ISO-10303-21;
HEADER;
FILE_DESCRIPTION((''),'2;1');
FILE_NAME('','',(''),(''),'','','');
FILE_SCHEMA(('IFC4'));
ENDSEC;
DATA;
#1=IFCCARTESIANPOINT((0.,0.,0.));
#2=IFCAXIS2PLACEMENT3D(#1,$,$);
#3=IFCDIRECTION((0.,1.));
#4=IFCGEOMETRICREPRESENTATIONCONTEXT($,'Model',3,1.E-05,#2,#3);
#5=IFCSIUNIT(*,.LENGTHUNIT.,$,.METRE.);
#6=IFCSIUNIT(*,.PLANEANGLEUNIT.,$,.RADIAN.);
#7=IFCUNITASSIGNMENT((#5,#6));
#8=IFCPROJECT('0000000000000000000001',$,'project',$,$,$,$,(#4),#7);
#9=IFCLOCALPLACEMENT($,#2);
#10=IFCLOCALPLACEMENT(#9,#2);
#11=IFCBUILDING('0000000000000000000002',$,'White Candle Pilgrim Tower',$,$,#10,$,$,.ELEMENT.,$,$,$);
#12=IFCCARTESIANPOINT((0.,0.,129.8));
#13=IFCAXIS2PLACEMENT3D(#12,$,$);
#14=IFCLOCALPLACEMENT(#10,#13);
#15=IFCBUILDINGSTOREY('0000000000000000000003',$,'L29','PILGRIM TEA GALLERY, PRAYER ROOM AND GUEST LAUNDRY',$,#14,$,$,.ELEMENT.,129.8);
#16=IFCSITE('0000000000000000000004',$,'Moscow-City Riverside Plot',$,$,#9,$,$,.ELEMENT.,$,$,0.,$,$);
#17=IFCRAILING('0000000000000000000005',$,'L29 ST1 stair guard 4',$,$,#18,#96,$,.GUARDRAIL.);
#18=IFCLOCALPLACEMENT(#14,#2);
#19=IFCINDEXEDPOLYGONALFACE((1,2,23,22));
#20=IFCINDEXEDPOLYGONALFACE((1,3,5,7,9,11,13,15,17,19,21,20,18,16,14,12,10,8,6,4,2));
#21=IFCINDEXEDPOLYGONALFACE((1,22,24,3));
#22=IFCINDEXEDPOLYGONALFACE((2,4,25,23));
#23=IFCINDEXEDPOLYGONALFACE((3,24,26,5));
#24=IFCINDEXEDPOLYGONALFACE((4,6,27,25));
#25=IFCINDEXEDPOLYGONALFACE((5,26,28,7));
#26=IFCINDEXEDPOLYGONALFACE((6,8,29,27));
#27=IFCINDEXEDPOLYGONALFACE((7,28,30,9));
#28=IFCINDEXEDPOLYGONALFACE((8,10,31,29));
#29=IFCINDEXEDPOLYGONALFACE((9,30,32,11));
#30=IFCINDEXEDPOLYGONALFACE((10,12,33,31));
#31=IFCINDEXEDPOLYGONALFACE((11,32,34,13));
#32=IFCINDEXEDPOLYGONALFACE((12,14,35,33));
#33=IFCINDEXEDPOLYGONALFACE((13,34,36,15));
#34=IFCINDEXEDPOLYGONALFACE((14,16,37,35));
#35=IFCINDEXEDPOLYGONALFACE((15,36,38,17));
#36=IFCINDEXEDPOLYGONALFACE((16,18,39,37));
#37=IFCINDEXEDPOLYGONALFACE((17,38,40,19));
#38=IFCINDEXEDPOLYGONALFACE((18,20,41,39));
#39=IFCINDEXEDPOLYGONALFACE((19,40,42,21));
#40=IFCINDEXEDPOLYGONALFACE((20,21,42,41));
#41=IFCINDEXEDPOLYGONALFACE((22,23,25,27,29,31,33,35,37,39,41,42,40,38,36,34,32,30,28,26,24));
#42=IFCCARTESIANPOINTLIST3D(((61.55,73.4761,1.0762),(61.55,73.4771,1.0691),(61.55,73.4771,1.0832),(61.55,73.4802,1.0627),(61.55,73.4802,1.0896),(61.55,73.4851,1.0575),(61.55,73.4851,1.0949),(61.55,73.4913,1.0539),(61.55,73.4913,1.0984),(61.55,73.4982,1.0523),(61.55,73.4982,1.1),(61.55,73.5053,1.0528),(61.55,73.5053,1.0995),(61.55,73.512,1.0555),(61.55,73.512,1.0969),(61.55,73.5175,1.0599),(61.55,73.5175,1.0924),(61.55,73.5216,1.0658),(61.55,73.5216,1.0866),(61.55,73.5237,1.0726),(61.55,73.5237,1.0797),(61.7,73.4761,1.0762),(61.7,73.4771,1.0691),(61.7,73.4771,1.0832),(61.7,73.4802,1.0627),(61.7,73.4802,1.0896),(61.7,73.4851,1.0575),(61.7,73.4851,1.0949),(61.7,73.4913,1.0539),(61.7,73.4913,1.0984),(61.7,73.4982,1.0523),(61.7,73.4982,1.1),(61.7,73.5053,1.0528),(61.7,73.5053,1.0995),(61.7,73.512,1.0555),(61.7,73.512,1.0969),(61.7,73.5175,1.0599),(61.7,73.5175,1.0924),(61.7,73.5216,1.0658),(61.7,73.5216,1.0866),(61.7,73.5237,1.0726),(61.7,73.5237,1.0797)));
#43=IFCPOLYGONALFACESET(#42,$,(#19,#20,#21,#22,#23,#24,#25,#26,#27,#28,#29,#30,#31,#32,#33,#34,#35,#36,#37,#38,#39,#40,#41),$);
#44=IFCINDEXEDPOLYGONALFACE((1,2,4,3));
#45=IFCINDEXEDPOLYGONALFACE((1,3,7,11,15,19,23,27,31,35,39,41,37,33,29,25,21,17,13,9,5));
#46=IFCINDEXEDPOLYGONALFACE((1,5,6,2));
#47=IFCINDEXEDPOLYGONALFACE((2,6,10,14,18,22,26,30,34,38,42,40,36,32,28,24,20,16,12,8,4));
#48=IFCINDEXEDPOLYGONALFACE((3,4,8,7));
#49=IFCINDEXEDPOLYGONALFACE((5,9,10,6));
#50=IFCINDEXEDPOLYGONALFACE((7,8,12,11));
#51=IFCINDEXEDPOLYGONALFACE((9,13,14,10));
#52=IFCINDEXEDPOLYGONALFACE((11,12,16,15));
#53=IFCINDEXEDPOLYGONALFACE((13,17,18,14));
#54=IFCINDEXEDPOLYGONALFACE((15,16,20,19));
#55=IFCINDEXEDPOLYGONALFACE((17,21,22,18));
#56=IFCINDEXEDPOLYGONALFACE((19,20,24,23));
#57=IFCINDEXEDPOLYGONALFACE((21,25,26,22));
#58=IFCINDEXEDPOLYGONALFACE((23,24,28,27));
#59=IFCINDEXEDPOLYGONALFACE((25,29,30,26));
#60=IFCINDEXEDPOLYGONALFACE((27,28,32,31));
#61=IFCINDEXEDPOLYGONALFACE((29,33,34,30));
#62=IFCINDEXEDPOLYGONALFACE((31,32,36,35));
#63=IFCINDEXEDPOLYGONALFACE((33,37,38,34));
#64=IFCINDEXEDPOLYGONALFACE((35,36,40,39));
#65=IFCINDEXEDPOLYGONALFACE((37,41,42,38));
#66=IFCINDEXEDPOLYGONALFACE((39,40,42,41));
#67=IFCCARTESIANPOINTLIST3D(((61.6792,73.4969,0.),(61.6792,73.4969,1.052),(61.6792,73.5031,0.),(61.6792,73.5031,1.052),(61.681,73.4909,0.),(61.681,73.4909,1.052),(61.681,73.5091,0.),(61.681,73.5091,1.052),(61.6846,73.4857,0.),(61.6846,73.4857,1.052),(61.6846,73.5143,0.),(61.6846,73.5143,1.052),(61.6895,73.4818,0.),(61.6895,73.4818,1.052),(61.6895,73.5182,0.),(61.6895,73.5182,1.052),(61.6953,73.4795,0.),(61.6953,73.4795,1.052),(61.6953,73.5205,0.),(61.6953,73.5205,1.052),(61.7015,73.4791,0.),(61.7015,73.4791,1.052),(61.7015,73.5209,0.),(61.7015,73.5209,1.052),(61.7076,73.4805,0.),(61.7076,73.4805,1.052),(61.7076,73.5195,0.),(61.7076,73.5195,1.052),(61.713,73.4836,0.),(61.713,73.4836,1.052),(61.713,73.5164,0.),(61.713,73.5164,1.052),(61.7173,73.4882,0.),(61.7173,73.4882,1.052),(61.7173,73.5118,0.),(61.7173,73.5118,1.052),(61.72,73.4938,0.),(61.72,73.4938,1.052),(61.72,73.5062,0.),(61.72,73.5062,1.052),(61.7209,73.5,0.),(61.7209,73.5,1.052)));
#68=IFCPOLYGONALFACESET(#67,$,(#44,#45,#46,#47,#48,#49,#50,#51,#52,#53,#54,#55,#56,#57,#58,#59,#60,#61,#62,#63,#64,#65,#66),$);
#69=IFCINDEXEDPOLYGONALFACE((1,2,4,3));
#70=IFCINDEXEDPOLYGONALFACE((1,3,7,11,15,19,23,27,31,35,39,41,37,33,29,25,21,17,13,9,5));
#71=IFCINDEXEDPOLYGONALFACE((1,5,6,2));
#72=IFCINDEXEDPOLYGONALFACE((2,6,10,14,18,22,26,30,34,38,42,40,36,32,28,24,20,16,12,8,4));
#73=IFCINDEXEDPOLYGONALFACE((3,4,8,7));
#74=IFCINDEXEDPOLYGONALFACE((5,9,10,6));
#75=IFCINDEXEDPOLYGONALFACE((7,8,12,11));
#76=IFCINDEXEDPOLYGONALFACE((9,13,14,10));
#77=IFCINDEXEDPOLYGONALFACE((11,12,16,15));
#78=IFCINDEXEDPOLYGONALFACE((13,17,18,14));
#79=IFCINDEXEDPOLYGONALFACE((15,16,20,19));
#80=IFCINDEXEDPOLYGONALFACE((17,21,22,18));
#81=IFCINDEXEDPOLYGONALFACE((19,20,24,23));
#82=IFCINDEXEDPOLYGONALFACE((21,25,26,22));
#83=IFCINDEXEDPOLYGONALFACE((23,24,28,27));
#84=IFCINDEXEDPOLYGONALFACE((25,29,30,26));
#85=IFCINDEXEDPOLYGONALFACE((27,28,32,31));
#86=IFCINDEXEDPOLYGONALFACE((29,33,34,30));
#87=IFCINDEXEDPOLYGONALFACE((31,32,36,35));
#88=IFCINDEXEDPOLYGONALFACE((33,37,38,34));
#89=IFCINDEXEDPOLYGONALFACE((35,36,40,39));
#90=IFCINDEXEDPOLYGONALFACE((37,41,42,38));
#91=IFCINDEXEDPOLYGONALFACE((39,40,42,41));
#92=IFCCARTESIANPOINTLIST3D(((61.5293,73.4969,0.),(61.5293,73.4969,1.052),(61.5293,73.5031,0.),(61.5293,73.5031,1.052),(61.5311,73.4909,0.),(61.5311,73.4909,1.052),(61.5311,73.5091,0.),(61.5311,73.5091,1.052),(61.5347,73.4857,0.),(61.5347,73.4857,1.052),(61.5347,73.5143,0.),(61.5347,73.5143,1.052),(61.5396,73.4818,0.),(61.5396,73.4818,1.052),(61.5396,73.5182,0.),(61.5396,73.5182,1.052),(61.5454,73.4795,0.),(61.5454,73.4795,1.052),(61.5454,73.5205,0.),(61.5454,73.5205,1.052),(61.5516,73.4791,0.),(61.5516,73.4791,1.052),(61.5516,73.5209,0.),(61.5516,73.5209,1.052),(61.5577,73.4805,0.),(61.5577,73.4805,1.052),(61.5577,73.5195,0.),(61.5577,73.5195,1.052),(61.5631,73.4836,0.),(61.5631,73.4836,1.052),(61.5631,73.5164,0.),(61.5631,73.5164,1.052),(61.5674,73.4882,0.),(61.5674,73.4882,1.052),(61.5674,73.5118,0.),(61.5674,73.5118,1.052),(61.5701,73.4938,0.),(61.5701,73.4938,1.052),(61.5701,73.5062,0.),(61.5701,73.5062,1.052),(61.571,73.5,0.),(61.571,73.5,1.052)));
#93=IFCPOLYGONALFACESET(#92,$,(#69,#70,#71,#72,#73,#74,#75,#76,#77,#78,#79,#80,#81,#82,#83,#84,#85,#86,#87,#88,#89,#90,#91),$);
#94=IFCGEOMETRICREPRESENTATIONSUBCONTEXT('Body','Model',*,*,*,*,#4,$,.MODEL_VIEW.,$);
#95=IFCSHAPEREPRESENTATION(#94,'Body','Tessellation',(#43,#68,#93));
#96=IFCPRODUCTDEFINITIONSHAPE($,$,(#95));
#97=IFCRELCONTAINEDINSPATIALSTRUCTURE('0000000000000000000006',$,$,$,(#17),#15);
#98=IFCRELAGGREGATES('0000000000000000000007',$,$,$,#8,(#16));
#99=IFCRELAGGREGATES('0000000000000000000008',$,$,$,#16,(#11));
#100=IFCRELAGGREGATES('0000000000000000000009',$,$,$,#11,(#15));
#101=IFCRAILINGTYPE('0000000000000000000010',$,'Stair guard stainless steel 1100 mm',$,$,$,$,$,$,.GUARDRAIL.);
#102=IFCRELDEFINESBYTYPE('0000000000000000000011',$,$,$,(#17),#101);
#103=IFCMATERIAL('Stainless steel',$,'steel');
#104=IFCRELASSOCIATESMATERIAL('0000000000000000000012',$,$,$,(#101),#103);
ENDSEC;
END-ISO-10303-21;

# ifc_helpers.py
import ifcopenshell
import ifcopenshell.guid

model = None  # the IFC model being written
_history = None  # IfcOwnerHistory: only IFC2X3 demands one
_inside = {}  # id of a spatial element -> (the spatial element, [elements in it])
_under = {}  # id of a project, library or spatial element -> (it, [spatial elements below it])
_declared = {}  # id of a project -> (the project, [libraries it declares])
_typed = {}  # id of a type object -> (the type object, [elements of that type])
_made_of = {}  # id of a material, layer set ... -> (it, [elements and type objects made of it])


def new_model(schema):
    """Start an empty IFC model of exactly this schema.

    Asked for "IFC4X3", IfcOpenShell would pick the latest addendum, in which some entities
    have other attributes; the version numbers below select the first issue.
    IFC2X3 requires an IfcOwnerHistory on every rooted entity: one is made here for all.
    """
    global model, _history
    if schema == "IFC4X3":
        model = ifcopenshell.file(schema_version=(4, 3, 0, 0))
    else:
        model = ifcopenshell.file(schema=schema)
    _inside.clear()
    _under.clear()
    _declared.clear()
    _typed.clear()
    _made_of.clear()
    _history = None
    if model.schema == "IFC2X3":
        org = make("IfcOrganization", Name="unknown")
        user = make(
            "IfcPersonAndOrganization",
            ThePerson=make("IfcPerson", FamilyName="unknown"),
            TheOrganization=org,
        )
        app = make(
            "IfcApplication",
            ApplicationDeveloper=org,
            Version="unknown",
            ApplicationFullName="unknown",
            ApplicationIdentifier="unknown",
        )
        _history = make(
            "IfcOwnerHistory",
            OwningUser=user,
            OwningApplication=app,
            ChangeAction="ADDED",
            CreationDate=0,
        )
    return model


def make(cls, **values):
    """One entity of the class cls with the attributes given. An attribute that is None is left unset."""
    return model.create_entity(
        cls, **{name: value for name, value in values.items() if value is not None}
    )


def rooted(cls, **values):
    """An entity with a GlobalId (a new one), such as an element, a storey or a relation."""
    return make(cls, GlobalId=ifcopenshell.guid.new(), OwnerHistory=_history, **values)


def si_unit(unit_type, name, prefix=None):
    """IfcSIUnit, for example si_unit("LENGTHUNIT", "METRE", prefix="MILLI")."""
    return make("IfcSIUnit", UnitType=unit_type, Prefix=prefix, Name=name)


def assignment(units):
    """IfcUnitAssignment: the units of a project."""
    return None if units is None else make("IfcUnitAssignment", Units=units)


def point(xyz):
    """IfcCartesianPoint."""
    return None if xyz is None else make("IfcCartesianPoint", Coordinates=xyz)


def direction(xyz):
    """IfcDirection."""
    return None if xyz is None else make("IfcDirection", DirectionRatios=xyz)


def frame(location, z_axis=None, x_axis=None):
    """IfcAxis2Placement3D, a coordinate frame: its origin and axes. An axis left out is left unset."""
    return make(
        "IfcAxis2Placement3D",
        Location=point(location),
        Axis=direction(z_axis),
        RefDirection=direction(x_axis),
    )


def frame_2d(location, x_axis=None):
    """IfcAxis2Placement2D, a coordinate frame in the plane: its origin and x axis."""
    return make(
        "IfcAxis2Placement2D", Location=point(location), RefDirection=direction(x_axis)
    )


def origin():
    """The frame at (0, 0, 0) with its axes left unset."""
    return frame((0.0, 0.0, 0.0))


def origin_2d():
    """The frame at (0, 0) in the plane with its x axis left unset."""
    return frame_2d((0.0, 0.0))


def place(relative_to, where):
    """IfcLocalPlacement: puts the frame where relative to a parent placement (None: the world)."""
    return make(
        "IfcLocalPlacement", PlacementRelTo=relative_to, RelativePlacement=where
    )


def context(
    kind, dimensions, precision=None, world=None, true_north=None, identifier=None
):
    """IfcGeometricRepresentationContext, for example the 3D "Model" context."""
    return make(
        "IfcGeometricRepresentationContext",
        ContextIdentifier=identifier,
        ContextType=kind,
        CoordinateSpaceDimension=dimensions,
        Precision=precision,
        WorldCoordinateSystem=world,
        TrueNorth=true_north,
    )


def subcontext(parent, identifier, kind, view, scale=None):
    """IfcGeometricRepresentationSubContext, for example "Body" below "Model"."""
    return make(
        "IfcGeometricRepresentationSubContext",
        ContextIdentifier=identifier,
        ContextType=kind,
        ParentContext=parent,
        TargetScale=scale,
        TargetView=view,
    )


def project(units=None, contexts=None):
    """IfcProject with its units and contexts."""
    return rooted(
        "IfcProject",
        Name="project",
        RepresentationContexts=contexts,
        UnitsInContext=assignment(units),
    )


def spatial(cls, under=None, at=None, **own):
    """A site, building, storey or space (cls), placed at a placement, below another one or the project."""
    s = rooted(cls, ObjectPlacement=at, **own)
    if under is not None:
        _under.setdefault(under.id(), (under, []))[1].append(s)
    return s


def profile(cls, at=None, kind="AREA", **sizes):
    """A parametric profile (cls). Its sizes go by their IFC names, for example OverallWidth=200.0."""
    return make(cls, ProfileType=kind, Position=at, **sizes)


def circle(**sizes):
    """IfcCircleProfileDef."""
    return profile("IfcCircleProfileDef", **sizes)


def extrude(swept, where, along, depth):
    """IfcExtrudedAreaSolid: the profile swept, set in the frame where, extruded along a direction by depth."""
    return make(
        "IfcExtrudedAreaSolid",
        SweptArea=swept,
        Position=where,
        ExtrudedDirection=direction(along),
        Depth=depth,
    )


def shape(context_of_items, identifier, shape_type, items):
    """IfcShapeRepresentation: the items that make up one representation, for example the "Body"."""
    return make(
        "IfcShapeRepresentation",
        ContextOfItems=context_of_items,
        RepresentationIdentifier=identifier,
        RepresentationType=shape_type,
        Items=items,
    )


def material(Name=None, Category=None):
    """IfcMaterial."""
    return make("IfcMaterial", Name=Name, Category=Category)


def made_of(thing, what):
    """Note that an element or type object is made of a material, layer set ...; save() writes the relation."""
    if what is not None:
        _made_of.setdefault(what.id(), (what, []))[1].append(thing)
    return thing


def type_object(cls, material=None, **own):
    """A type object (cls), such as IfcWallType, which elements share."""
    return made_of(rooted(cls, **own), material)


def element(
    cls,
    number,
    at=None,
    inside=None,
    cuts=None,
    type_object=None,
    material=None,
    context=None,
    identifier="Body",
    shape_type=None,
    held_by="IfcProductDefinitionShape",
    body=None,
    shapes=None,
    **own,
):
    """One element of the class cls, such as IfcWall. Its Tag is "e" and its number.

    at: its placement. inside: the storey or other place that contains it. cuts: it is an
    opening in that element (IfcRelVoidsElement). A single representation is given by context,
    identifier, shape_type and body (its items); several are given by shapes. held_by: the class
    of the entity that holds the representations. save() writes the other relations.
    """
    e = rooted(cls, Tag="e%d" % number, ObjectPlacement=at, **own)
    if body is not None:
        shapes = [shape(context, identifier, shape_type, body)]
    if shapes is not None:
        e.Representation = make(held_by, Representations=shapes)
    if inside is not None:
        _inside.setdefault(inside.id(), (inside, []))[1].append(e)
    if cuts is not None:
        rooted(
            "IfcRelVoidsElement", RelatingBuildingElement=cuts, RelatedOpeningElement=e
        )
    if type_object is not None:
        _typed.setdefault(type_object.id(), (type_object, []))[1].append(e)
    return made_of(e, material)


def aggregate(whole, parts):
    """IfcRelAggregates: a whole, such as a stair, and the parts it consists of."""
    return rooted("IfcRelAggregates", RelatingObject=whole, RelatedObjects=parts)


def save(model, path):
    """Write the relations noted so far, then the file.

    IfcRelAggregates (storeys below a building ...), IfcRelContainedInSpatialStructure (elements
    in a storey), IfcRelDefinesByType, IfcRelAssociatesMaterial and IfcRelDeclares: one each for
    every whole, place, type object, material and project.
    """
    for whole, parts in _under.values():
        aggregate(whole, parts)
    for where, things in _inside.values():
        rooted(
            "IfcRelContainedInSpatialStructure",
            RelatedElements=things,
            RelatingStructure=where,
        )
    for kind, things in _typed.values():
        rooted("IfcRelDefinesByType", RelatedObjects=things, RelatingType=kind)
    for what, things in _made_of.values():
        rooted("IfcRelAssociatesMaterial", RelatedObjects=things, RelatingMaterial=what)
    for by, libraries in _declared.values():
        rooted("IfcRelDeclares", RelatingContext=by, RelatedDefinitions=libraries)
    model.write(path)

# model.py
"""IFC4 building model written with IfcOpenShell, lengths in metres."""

from ifc_helpers import new_model, si_unit, direction, frame, origin, origin_2d, place, context, subcontext, project, spatial, circle, extrude, material, type_object, element, save


model = new_model("IFC4")

# Units and contexts
model_context = context("Model", 3, precision=1e-05, world=origin(), true_north=direction((0.0, 1.0)))
body_context = subcontext(model_context, "Body", "Model", "MODEL_VIEW")
ifc_project = project(units=[si_unit("LENGTHUNIT", "METRE"), si_unit("PLANEANGLEUNIT", "RADIAN")], contexts=[model_context])

# Site, building, storey
site_placement = place(None, origin())
site = spatial("IfcSite", under=ifc_project, at=site_placement, Name="Moscow-City Riverside Plot", CompositionType="ELEMENT", RefElevation=0.0)
building_placement = place(site_placement, origin())
building = spatial("IfcBuilding", under=site, at=building_placement, Name="White Candle Pilgrim Tower", CompositionType="ELEMENT")
storey_placement = place(building_placement, frame((0.0, 0.0, 129.8)))
storey = spatial("IfcBuildingStorey", under=building, at=storey_placement, Name="L29", Description="PILGRIM TEA GALLERY, PRAYER ROOM AND GUEST LAUNDRY", CompositionType="ELEMENT", Elevation=129.8)

# Shared definitions
ifc_material_1 = material(Name="Stainless steel", Category="steel")

# Railing
railing_type_1 = type_object("IfcRailingType", Name="Stair guard stainless steel 1100 mm", PredefinedType="GUARDRAIL", material=ifc_material_1)
railing_1_placement = place(storey_placement, frame((61.7, 73.5, 0.0)))
element("IfcRailing", 1, at=railing_1_placement, inside=storey, type_object=railing_type_1, Name="L29 ST1 stair guard 4", PredefinedType="GUARDRAIL", context=body_context, shape_type="SweptSolid", body=[
    extrude(circle(Radius=0.0239, at=origin_2d()), frame((0.0, 0.0, 1.0762), z_axis=(-1.0, 0.0, 0.0), x_axis=(0.0, -1.0, 0.0)), (0.0, 0.0, 1.0), 0.1499),
    extrude(circle(Radius=0.021, at=origin_2d()), origin(), (0.0, 0.0, 1.0), 1.052),
    extrude(circle(Radius=0.021, at=origin_2d()), frame((-0.1499, 0.0, 0.0)), (0.0, 0.0, 1.0), 1.052),
])

save(model, "model.ifc")
